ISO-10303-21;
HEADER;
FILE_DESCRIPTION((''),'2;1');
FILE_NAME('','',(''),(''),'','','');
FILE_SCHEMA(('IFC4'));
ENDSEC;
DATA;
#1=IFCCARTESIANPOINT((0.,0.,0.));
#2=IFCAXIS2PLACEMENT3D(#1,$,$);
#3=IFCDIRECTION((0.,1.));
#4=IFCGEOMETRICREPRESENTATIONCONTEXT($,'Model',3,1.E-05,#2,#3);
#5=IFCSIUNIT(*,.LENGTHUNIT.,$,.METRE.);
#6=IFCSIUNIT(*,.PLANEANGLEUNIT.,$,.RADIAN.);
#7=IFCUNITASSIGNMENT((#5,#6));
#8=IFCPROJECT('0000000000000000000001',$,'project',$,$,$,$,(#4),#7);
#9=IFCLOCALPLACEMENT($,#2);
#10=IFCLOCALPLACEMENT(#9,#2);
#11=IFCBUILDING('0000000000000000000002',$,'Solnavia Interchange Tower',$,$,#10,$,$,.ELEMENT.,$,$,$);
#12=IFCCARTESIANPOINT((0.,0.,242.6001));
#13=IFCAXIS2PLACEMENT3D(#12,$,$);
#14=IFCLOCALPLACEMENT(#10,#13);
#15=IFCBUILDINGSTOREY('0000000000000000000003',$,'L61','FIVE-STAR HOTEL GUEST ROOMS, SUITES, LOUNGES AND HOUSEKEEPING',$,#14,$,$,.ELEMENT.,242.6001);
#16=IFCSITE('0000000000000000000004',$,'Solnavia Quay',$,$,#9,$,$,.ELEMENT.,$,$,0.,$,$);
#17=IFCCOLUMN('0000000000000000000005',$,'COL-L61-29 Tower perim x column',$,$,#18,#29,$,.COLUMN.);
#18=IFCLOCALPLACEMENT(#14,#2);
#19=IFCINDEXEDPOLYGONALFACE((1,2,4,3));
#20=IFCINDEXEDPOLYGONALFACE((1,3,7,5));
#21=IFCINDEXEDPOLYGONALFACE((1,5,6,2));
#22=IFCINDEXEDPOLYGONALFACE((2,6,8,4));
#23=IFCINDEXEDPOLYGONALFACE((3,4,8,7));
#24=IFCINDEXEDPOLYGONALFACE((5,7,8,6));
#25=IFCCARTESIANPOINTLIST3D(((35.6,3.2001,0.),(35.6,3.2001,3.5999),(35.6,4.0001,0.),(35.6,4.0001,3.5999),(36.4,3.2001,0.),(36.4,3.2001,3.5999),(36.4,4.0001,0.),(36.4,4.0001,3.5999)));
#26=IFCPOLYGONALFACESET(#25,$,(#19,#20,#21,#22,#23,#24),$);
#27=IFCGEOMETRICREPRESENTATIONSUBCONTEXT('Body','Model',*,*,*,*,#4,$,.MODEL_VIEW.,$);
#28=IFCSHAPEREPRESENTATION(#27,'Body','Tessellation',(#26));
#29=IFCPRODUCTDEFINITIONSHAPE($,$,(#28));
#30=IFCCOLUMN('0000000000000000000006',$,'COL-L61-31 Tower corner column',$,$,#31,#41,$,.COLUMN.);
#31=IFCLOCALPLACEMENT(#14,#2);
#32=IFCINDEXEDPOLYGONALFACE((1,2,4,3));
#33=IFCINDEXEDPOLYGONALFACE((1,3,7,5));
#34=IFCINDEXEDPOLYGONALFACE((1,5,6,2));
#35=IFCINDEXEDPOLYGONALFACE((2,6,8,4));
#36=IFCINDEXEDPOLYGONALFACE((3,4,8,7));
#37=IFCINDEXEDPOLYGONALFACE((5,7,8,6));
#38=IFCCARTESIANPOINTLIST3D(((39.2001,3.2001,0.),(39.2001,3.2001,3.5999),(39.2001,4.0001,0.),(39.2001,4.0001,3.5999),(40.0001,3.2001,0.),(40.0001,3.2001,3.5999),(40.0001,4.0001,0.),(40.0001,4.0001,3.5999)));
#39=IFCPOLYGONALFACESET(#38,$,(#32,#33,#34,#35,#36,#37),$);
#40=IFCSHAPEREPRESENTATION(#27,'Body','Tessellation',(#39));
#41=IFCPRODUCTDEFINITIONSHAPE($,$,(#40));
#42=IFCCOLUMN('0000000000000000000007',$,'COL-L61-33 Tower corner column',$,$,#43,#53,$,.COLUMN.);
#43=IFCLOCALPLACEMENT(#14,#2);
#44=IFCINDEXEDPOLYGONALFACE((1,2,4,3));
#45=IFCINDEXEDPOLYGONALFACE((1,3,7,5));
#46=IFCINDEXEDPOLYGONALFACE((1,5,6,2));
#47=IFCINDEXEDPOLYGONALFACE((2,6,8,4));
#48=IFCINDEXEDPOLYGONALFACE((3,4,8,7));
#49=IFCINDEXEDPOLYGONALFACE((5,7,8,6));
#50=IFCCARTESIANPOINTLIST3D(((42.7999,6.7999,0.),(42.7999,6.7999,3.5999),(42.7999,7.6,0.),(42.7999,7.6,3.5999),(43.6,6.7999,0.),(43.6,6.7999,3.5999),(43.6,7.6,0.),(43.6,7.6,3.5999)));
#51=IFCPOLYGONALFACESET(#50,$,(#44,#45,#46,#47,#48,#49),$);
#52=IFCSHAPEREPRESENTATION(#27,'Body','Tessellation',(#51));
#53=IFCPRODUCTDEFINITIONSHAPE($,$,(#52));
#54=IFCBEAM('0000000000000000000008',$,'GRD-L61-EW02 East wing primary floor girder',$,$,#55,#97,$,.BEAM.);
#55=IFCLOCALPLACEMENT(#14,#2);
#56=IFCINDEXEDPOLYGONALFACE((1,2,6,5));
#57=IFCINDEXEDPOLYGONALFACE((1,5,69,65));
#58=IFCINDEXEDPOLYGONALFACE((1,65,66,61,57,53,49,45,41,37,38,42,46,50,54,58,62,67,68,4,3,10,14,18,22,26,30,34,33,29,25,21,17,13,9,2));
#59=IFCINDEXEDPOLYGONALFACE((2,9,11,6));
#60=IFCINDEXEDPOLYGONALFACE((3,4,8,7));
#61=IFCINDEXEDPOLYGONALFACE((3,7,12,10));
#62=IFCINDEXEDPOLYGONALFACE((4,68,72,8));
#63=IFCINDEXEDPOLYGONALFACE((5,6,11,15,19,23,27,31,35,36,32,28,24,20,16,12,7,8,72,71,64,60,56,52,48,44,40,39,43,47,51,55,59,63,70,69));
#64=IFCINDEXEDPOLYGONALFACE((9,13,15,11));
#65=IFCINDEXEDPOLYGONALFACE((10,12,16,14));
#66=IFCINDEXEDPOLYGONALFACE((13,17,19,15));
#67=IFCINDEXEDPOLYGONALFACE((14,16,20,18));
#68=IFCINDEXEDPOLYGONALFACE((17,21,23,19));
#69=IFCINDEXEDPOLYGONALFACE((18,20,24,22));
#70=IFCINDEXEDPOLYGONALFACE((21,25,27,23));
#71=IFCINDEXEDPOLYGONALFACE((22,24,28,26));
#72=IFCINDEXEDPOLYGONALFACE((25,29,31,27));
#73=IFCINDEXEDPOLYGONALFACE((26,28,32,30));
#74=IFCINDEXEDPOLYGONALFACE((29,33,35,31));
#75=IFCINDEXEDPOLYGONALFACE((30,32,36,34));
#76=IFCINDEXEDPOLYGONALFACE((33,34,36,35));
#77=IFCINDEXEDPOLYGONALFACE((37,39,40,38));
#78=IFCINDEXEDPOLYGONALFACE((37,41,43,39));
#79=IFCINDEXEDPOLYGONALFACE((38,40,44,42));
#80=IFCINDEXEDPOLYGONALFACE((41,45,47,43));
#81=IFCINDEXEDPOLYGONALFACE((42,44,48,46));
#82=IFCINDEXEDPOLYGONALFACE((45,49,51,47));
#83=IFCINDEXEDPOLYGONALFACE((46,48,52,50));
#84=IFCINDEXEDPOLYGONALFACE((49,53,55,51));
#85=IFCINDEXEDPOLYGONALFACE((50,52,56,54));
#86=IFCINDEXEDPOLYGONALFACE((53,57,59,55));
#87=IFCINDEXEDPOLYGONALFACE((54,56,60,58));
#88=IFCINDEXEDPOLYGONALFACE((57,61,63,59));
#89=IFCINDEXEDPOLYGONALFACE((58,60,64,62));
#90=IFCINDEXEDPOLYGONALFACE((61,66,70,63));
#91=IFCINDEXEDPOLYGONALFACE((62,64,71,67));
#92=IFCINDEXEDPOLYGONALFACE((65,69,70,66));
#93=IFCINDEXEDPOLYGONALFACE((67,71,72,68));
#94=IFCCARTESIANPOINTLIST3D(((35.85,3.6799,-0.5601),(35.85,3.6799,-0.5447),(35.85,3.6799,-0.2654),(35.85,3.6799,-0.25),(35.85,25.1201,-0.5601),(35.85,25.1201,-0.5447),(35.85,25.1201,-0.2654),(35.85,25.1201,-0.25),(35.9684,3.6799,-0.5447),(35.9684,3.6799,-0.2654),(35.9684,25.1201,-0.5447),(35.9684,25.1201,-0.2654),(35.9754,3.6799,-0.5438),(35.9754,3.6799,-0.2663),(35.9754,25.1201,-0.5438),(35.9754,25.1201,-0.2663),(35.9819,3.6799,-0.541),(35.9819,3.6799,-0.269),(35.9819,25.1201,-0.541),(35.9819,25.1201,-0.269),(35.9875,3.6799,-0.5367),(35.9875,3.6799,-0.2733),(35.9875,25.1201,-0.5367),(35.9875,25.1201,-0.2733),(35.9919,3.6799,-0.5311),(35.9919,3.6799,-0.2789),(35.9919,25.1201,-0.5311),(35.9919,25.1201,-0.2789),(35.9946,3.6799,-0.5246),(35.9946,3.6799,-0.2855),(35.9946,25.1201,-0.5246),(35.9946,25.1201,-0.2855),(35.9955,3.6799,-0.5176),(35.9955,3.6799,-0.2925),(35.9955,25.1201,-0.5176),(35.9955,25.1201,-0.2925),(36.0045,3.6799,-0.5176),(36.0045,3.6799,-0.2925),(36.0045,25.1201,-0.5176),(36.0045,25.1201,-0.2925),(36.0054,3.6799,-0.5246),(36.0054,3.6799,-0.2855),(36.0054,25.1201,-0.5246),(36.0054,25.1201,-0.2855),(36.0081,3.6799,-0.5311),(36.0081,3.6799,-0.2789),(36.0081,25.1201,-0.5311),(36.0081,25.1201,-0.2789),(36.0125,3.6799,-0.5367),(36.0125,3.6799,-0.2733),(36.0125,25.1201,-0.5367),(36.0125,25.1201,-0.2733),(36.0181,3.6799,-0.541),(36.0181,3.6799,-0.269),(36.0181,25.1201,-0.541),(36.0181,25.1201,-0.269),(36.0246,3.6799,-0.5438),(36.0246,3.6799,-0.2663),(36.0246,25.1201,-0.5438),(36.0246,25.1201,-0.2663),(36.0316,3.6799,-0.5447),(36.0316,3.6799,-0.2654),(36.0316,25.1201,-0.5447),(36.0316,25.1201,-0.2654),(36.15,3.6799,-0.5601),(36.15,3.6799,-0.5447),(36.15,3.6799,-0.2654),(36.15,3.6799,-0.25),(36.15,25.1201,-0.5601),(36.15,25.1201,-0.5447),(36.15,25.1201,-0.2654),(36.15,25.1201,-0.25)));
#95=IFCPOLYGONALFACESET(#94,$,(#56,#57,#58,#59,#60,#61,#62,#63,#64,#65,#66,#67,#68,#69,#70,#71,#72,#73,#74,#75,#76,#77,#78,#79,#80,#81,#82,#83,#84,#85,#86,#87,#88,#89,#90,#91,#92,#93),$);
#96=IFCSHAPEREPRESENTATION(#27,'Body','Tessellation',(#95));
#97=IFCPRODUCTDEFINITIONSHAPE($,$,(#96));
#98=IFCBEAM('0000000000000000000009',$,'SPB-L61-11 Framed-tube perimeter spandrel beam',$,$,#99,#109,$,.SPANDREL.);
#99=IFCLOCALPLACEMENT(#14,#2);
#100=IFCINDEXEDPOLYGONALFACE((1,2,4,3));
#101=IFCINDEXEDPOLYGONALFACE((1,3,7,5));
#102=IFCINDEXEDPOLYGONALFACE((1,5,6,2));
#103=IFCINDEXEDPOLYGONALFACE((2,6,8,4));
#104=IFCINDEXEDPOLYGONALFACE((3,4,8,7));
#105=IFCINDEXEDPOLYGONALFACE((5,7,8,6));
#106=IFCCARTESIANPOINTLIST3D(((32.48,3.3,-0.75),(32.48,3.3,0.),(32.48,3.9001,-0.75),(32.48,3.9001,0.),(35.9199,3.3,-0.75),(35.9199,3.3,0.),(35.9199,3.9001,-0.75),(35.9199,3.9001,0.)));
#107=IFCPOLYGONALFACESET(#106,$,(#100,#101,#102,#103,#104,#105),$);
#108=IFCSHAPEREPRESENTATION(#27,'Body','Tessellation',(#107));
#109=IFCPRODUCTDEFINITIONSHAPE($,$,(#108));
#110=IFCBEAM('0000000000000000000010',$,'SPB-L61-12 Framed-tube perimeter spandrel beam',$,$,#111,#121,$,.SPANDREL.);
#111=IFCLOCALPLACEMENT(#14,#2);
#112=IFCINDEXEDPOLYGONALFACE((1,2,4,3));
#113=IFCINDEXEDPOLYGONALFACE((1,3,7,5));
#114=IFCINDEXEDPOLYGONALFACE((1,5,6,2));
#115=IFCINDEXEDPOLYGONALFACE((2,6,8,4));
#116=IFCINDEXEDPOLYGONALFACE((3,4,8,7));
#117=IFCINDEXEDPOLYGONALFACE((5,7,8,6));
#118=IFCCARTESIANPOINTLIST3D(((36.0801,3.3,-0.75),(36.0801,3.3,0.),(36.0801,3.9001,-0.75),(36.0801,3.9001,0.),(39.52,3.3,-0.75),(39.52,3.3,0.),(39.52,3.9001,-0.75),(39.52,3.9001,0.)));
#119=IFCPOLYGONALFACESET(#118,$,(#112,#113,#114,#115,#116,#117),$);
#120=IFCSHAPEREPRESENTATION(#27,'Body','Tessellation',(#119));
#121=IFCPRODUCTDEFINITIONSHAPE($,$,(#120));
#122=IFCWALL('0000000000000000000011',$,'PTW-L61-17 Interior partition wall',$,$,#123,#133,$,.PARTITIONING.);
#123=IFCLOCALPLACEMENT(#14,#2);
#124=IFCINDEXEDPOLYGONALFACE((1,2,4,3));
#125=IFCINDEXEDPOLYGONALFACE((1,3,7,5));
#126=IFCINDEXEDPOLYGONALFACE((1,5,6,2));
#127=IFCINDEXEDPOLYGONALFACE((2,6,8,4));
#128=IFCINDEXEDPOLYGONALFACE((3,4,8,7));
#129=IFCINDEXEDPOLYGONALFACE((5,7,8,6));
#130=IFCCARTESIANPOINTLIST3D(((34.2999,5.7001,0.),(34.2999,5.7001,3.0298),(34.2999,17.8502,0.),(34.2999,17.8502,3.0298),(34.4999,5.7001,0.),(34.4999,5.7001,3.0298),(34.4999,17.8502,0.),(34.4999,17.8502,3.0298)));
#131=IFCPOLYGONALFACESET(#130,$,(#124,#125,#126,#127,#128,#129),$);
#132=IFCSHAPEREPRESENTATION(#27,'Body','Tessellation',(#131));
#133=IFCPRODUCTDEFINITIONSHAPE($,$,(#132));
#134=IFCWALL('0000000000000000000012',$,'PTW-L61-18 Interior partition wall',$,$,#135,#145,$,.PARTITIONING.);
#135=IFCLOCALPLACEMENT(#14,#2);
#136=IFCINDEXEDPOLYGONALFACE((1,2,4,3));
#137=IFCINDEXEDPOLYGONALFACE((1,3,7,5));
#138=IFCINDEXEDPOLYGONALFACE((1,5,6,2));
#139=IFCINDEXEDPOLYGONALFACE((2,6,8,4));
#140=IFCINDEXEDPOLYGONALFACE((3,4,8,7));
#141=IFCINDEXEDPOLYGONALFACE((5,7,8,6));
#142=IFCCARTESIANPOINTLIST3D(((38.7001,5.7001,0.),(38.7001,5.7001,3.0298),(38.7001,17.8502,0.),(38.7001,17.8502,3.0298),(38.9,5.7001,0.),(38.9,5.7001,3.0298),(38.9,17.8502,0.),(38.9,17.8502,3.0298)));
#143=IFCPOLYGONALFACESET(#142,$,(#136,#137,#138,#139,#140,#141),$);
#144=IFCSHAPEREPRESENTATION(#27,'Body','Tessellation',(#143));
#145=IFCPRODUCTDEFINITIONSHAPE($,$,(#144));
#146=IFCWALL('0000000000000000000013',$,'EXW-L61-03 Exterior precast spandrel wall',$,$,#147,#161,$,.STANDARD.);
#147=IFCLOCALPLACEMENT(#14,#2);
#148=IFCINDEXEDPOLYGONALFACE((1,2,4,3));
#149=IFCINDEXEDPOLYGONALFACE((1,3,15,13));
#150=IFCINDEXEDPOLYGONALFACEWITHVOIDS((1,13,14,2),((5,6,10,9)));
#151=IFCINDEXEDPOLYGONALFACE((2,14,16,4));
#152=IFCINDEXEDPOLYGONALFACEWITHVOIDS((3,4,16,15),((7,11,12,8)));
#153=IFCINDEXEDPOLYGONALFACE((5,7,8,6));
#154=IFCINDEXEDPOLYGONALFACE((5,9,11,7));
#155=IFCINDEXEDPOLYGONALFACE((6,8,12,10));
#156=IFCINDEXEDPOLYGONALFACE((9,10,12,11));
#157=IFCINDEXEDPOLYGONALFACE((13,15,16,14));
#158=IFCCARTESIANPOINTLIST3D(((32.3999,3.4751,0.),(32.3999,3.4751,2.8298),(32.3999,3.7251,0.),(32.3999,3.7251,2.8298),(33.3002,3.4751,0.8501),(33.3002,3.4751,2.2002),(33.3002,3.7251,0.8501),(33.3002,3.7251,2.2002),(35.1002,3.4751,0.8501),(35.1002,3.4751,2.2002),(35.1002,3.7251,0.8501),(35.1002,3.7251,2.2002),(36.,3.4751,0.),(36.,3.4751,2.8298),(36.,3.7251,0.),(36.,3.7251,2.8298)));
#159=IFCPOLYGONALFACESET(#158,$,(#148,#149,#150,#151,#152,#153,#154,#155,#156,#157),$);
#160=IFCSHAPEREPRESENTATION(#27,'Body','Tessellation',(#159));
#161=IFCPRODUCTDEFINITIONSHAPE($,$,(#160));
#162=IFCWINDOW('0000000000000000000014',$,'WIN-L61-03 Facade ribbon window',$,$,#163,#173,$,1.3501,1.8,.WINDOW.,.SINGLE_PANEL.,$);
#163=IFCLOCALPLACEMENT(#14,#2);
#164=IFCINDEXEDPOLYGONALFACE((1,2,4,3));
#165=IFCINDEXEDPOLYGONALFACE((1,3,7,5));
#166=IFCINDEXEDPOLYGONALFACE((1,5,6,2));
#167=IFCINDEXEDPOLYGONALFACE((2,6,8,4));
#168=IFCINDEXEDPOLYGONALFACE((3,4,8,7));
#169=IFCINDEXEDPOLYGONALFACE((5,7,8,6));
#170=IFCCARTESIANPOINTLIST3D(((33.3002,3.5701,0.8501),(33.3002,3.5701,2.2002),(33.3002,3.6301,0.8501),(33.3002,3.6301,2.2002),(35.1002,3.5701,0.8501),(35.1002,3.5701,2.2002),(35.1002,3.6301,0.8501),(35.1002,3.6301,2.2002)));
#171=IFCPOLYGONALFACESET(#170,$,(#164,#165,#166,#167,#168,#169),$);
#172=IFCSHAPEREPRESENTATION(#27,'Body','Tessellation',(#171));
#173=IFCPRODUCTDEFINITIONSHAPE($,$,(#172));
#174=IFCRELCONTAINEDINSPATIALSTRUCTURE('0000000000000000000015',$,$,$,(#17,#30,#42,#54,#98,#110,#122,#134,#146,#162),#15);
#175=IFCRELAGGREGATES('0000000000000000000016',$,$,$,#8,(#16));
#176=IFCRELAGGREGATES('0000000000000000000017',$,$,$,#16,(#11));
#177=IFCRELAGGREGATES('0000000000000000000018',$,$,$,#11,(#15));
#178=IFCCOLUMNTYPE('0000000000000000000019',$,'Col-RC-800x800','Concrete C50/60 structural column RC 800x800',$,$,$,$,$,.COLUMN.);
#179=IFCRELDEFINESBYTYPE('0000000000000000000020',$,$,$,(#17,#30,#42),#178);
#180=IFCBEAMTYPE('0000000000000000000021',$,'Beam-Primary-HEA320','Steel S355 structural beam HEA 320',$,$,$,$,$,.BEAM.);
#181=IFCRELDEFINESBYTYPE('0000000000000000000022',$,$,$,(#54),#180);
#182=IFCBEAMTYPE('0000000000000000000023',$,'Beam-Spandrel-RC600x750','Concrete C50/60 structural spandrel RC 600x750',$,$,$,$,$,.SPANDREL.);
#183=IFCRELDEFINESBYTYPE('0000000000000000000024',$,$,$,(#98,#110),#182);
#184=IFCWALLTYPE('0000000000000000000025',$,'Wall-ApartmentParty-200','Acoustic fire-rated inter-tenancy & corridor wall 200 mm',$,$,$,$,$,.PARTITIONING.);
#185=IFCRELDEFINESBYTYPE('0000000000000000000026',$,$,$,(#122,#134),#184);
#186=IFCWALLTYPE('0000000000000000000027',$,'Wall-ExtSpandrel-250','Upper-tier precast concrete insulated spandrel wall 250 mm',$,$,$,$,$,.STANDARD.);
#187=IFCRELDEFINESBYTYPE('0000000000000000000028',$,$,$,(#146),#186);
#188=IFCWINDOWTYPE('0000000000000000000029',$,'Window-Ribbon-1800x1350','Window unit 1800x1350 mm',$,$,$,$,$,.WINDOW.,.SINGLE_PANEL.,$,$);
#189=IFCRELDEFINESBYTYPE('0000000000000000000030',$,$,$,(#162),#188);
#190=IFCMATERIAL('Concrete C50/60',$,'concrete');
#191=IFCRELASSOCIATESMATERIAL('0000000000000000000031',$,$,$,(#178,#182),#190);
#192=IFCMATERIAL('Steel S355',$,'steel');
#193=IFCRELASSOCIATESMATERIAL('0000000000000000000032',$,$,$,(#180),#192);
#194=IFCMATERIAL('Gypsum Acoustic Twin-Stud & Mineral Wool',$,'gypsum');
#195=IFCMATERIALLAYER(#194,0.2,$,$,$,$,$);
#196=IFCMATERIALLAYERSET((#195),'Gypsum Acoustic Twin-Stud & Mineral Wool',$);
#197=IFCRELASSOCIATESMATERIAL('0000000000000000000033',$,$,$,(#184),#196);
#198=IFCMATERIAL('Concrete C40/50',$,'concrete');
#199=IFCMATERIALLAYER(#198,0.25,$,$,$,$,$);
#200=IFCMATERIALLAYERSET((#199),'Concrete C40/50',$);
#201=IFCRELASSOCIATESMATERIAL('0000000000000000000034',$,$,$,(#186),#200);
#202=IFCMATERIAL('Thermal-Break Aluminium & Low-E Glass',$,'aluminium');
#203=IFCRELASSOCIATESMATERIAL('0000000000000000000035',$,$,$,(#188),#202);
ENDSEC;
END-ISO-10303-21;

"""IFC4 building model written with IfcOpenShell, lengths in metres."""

from ifc_helpers import new_model, si_unit, direction, frame, frame_2d, origin, origin_2d, place, context, subcontext, project, spatial, rectangle, i_section, extrude, material, layer, layer_set, material_profile, profile_set, type_object, element, fill, save


model = new_model("IFC4")

# Units and contexts
model_context = context("Model", 3, precision=1e-05, world=origin(), true_north=direction((0.0, 1.0)))
body_context = subcontext(model_context, "Body", "Model", "MODEL_VIEW")
ifc_project = project(units=[si_unit("LENGTHUNIT", "METRE"), si_unit("PLANEANGLEUNIT", "RADIAN")], contexts=[model_context])

# Site, building, storey
site_placement = place(None, origin())
site = spatial("IfcSite", under=ifc_project, at=site_placement, Name="Solnavia Quay", CompositionType="ELEMENT", RefElevation=0.0)
building_placement = place(site_placement, origin())
building = spatial("IfcBuilding", under=site, at=building_placement, Name="Solnavia Interchange Tower", CompositionType="ELEMENT")
storey_placement = place(building_placement, frame((0.0, 0.0, 242.6001)))
storey = spatial("IfcBuildingStorey", under=building, at=storey_placement, Name="L61", Description="FIVE-STAR HOTEL GUEST ROOMS, SUITES, LOUNGES AND HOUSEKEEPING", CompositionType="ELEMENT", Elevation=242.6001)

# Columns
ifc_material_1 = material(Name="Concrete C50/60", Category="concrete")
ifc_material_profile_1 = material_profile(ifc_material_1, rectangle(XDim=0.8, YDim=0.8, at=origin_2d()), Name="RC 800x800")
ifc_profile_set_1 = profile_set([ifc_material_profile_1], Name="Concrete C50/60")
column_type = type_object("IfcColumnType", Name="Col-RC-800x800", Description="Concrete C50/60 structural column RC 800x800", PredefinedType="COLUMN", material=ifc_profile_set_1)
for number, where, z_axis, x_axis, name in (
    (1, (36.0, 3.6001, 0.0), (0.0, 0.0, 1.0), (1.0, 0.0, 0.0), "COL-L61-29 Tower perim x column"),
    (2, (39.6001, 3.6001, 0.0), (0.0, 0.0, 1.0), (1.0, 0.0, 0.0), "COL-L61-31 Tower corner column"),
    (3, (43.2, 7.2, 0.0), (0.0, 0.0, 1.0), (1.0, 0.0, 0.0), "COL-L61-33 Tower corner column"),
):
    element("IfcColumn", number, at=place(storey_placement, frame(where, z_axis=z_axis, x_axis=x_axis)), inside=storey, type_object=column_type, Name=name, PredefinedType="COLUMN", context=body_context, shape_type="SweptSolid", body=[
        extrude(rectangle(XDim=0.8, YDim=0.8, at=origin_2d()), origin(), (0.0, 0.0, 1.0), 3.5999),
    ])

# Beams
ifc_material_2 = material(Name="Steel S355", Category="steel")
ifc_material_profile_2 = material_profile(ifc_material_2, i_section(OverallWidth=0.3, OverallDepth=0.3101, WebThickness=0.009, FlangeThickness=0.0154, FilletRadius=0.0271, at=origin_2d()), Name="HEA 320")
ifc_profile_set_2 = profile_set([ifc_material_profile_2], Name="Steel S355")
beam_type_1 = type_object("IfcBeamType", Name="Beam-Primary-HEA320", Description="Steel S355 structural beam HEA 320", PredefinedType="BEAM", material=ifc_profile_set_2)
beam_placement = place(storey_placement, frame((36.0, 3.6799, -0.405), z_axis=(0.0, 1.0, 0.0), x_axis=(-1.0, 0.0, 0.0)))
element("IfcBeam", 4, at=beam_placement, inside=storey, type_object=beam_type_1, Name="GRD-L61-EW02 East wing primary floor girder", PredefinedType="BEAM", context=body_context, shape_type="SweptSolid", body=[
    extrude(i_section(OverallWidth=0.3, OverallDepth=0.3101, WebThickness=0.009, FlangeThickness=0.0154, FilletRadius=0.0271, at=origin_2d()), origin(), (0.0, 0.0, 1.0), 21.4402),
])
ifc_material_profile_3 = material_profile(ifc_material_1, rectangle(XDim=0.6001, YDim=0.75, at=origin_2d()), Name="RC 600x750")
ifc_profile_set_3 = profile_set([ifc_material_profile_3], Name="Concrete C50/60")
beam_type_2 = type_object("IfcBeamType", Name="Beam-Spandrel-RC600x750", Description="Concrete C50/60 structural spandrel RC 600x750", PredefinedType="SPANDREL", material=ifc_profile_set_3)
for number, where, z_axis, x_axis, name in (
    (5, (32.48, 3.6001, -0.375), (1.0, 0.0, 0.0), (0.0, 1.0, 0.0), "SPB-L61-11 Framed-tube perimeter spandrel beam"),
    (6, (36.0801, 3.6001, -0.375), (1.0, 0.0, 0.0), (0.0, 1.0, 0.0), "SPB-L61-12 Framed-tube perimeter spandrel beam"),
):
    element("IfcBeam", number, at=place(storey_placement, frame(where, z_axis=z_axis, x_axis=x_axis)), inside=storey, type_object=beam_type_2, Name=name, PredefinedType="SPANDREL", context=body_context, shape_type="SweptSolid", body=[
        extrude(rectangle(XDim=0.6001, YDim=0.75, at=origin_2d()), origin(), (0.0, 0.0, 1.0), 3.4399),
    ])

# Walls
ifc_material_3 = material(Name="Gypsum Acoustic Twin-Stud & Mineral Wool", Category="gypsum")
ifc_layer_1 = layer(ifc_material_3, 0.2)
ifc_layer_set_1 = layer_set([ifc_layer_1], Name="Gypsum Acoustic Twin-Stud & Mineral Wool")
wall_type_1 = type_object("IfcWallType", Name="Wall-ApartmentParty-200", Description="Acoustic fire-rated inter-tenancy & corridor wall 200 mm", PredefinedType="PARTITIONING", material=ifc_layer_set_1)
for number, where, z_axis, x_axis, name in (
    (7, (34.3999, 5.7, 0.0), (0.0, 0.0, 1.0), (0.0, 1.0, 0.0), "PTW-L61-17 Interior partition wall"),
    (8, (38.8, 5.7, 0.0), (0.0, 0.0, 1.0), (0.0, 1.0, 0.0), "PTW-L61-18 Interior partition wall"),
):
    element("IfcWall", number, at=place(storey_placement, frame(where, z_axis=z_axis, x_axis=x_axis)), inside=storey, type_object=wall_type_1, Name=name, PredefinedType="PARTITIONING", context=body_context, shape_type="SweptSolid", body=[
        extrude(rectangle(XDim=12.1501, YDim=0.2, at=frame_2d((6.0752, 0.0))), origin(), (0.0, 0.0, 1.0), 3.0298),
    ])

# Wall, opening, window
ifc_material_4 = material(Name="Concrete C40/50", Category="concrete")
ifc_layer_2 = layer(ifc_material_4, 0.25)
ifc_layer_set_2 = layer_set([ifc_layer_2], Name="Concrete C40/50")
wall_type_2 = type_object("IfcWallType", Name="Wall-ExtSpandrel-250", Description="Upper-tier precast concrete insulated spandrel wall 250 mm", PredefinedType="STANDARD", material=ifc_layer_set_2)
wall_1_placement = place(storey_placement, frame((36.0, 3.6001, 0.0), z_axis=(0.0, 0.0, 1.0), x_axis=(-1.0, 0.0, 0.0)))
wall_1 = element("IfcWall", 9, at=wall_1_placement, inside=storey, type_object=wall_type_2, Name="EXW-L61-03 Exterior precast spandrel wall", PredefinedType="STANDARD", context=body_context, shape_type="SweptSolid", body=[
    extrude(rectangle(XDim=3.6001, YDim=0.25, at=frame_2d((1.8, 0.0))), origin(), (0.0, 0.0, 1.0), 2.8298),
])
opening_1_placement = place(wall_1_placement, frame((0.8999, 0.0, 0.8501)))
opening_1 = element("IfcOpeningElement", 10, at=opening_1_placement, cuts=wall_1, PredefinedType="OPENING", context=body_context, shape_type="SweptSolid", body=[
    extrude(rectangle(XDim=1.8, YDim=1.3501, at=frame_2d((0.8999, 0.675))), frame((0.0, 0.135, 0.0), z_axis=(0.0, -1.0, 0.0), x_axis=(1.0, 0.0, 0.0)), (0.0, 0.0, 1.0), 0.27),
])
ifc_material_5 = material(Name="Thermal-Break Aluminium & Low-E Glass", Category="aluminium")
window_type = type_object("IfcWindowType", Name="Window-Ribbon-1800x1350", Description="Window unit 1800x1350 mm", PartitioningType="SINGLE_PANEL", PredefinedType="WINDOW", material=ifc_material_5)
window_1_placement = place(opening_1_placement, origin())
window_1 = element("IfcWindow", 11, at=window_1_placement, inside=storey, type_object=window_type, Name="WIN-L61-03 Facade ribbon window", OverallHeight=1.3501, OverallWidth=1.8, PartitioningType="SINGLE_PANEL", PredefinedType="WINDOW", context=body_context, shape_type="SweptSolid", body=[
    extrude(rectangle(XDim=1.8, YDim=1.3501, at=frame_2d((0.8999, 0.675))), frame((0.0, 0.03, 0.0), z_axis=(0.0, -1.0, 0.0), x_axis=(1.0, 0.0, 0.0)), (0.0, 0.0, 1.0), 0.0601),
])
fill(opening_1, window_1)

save(model, "model.ifc")
